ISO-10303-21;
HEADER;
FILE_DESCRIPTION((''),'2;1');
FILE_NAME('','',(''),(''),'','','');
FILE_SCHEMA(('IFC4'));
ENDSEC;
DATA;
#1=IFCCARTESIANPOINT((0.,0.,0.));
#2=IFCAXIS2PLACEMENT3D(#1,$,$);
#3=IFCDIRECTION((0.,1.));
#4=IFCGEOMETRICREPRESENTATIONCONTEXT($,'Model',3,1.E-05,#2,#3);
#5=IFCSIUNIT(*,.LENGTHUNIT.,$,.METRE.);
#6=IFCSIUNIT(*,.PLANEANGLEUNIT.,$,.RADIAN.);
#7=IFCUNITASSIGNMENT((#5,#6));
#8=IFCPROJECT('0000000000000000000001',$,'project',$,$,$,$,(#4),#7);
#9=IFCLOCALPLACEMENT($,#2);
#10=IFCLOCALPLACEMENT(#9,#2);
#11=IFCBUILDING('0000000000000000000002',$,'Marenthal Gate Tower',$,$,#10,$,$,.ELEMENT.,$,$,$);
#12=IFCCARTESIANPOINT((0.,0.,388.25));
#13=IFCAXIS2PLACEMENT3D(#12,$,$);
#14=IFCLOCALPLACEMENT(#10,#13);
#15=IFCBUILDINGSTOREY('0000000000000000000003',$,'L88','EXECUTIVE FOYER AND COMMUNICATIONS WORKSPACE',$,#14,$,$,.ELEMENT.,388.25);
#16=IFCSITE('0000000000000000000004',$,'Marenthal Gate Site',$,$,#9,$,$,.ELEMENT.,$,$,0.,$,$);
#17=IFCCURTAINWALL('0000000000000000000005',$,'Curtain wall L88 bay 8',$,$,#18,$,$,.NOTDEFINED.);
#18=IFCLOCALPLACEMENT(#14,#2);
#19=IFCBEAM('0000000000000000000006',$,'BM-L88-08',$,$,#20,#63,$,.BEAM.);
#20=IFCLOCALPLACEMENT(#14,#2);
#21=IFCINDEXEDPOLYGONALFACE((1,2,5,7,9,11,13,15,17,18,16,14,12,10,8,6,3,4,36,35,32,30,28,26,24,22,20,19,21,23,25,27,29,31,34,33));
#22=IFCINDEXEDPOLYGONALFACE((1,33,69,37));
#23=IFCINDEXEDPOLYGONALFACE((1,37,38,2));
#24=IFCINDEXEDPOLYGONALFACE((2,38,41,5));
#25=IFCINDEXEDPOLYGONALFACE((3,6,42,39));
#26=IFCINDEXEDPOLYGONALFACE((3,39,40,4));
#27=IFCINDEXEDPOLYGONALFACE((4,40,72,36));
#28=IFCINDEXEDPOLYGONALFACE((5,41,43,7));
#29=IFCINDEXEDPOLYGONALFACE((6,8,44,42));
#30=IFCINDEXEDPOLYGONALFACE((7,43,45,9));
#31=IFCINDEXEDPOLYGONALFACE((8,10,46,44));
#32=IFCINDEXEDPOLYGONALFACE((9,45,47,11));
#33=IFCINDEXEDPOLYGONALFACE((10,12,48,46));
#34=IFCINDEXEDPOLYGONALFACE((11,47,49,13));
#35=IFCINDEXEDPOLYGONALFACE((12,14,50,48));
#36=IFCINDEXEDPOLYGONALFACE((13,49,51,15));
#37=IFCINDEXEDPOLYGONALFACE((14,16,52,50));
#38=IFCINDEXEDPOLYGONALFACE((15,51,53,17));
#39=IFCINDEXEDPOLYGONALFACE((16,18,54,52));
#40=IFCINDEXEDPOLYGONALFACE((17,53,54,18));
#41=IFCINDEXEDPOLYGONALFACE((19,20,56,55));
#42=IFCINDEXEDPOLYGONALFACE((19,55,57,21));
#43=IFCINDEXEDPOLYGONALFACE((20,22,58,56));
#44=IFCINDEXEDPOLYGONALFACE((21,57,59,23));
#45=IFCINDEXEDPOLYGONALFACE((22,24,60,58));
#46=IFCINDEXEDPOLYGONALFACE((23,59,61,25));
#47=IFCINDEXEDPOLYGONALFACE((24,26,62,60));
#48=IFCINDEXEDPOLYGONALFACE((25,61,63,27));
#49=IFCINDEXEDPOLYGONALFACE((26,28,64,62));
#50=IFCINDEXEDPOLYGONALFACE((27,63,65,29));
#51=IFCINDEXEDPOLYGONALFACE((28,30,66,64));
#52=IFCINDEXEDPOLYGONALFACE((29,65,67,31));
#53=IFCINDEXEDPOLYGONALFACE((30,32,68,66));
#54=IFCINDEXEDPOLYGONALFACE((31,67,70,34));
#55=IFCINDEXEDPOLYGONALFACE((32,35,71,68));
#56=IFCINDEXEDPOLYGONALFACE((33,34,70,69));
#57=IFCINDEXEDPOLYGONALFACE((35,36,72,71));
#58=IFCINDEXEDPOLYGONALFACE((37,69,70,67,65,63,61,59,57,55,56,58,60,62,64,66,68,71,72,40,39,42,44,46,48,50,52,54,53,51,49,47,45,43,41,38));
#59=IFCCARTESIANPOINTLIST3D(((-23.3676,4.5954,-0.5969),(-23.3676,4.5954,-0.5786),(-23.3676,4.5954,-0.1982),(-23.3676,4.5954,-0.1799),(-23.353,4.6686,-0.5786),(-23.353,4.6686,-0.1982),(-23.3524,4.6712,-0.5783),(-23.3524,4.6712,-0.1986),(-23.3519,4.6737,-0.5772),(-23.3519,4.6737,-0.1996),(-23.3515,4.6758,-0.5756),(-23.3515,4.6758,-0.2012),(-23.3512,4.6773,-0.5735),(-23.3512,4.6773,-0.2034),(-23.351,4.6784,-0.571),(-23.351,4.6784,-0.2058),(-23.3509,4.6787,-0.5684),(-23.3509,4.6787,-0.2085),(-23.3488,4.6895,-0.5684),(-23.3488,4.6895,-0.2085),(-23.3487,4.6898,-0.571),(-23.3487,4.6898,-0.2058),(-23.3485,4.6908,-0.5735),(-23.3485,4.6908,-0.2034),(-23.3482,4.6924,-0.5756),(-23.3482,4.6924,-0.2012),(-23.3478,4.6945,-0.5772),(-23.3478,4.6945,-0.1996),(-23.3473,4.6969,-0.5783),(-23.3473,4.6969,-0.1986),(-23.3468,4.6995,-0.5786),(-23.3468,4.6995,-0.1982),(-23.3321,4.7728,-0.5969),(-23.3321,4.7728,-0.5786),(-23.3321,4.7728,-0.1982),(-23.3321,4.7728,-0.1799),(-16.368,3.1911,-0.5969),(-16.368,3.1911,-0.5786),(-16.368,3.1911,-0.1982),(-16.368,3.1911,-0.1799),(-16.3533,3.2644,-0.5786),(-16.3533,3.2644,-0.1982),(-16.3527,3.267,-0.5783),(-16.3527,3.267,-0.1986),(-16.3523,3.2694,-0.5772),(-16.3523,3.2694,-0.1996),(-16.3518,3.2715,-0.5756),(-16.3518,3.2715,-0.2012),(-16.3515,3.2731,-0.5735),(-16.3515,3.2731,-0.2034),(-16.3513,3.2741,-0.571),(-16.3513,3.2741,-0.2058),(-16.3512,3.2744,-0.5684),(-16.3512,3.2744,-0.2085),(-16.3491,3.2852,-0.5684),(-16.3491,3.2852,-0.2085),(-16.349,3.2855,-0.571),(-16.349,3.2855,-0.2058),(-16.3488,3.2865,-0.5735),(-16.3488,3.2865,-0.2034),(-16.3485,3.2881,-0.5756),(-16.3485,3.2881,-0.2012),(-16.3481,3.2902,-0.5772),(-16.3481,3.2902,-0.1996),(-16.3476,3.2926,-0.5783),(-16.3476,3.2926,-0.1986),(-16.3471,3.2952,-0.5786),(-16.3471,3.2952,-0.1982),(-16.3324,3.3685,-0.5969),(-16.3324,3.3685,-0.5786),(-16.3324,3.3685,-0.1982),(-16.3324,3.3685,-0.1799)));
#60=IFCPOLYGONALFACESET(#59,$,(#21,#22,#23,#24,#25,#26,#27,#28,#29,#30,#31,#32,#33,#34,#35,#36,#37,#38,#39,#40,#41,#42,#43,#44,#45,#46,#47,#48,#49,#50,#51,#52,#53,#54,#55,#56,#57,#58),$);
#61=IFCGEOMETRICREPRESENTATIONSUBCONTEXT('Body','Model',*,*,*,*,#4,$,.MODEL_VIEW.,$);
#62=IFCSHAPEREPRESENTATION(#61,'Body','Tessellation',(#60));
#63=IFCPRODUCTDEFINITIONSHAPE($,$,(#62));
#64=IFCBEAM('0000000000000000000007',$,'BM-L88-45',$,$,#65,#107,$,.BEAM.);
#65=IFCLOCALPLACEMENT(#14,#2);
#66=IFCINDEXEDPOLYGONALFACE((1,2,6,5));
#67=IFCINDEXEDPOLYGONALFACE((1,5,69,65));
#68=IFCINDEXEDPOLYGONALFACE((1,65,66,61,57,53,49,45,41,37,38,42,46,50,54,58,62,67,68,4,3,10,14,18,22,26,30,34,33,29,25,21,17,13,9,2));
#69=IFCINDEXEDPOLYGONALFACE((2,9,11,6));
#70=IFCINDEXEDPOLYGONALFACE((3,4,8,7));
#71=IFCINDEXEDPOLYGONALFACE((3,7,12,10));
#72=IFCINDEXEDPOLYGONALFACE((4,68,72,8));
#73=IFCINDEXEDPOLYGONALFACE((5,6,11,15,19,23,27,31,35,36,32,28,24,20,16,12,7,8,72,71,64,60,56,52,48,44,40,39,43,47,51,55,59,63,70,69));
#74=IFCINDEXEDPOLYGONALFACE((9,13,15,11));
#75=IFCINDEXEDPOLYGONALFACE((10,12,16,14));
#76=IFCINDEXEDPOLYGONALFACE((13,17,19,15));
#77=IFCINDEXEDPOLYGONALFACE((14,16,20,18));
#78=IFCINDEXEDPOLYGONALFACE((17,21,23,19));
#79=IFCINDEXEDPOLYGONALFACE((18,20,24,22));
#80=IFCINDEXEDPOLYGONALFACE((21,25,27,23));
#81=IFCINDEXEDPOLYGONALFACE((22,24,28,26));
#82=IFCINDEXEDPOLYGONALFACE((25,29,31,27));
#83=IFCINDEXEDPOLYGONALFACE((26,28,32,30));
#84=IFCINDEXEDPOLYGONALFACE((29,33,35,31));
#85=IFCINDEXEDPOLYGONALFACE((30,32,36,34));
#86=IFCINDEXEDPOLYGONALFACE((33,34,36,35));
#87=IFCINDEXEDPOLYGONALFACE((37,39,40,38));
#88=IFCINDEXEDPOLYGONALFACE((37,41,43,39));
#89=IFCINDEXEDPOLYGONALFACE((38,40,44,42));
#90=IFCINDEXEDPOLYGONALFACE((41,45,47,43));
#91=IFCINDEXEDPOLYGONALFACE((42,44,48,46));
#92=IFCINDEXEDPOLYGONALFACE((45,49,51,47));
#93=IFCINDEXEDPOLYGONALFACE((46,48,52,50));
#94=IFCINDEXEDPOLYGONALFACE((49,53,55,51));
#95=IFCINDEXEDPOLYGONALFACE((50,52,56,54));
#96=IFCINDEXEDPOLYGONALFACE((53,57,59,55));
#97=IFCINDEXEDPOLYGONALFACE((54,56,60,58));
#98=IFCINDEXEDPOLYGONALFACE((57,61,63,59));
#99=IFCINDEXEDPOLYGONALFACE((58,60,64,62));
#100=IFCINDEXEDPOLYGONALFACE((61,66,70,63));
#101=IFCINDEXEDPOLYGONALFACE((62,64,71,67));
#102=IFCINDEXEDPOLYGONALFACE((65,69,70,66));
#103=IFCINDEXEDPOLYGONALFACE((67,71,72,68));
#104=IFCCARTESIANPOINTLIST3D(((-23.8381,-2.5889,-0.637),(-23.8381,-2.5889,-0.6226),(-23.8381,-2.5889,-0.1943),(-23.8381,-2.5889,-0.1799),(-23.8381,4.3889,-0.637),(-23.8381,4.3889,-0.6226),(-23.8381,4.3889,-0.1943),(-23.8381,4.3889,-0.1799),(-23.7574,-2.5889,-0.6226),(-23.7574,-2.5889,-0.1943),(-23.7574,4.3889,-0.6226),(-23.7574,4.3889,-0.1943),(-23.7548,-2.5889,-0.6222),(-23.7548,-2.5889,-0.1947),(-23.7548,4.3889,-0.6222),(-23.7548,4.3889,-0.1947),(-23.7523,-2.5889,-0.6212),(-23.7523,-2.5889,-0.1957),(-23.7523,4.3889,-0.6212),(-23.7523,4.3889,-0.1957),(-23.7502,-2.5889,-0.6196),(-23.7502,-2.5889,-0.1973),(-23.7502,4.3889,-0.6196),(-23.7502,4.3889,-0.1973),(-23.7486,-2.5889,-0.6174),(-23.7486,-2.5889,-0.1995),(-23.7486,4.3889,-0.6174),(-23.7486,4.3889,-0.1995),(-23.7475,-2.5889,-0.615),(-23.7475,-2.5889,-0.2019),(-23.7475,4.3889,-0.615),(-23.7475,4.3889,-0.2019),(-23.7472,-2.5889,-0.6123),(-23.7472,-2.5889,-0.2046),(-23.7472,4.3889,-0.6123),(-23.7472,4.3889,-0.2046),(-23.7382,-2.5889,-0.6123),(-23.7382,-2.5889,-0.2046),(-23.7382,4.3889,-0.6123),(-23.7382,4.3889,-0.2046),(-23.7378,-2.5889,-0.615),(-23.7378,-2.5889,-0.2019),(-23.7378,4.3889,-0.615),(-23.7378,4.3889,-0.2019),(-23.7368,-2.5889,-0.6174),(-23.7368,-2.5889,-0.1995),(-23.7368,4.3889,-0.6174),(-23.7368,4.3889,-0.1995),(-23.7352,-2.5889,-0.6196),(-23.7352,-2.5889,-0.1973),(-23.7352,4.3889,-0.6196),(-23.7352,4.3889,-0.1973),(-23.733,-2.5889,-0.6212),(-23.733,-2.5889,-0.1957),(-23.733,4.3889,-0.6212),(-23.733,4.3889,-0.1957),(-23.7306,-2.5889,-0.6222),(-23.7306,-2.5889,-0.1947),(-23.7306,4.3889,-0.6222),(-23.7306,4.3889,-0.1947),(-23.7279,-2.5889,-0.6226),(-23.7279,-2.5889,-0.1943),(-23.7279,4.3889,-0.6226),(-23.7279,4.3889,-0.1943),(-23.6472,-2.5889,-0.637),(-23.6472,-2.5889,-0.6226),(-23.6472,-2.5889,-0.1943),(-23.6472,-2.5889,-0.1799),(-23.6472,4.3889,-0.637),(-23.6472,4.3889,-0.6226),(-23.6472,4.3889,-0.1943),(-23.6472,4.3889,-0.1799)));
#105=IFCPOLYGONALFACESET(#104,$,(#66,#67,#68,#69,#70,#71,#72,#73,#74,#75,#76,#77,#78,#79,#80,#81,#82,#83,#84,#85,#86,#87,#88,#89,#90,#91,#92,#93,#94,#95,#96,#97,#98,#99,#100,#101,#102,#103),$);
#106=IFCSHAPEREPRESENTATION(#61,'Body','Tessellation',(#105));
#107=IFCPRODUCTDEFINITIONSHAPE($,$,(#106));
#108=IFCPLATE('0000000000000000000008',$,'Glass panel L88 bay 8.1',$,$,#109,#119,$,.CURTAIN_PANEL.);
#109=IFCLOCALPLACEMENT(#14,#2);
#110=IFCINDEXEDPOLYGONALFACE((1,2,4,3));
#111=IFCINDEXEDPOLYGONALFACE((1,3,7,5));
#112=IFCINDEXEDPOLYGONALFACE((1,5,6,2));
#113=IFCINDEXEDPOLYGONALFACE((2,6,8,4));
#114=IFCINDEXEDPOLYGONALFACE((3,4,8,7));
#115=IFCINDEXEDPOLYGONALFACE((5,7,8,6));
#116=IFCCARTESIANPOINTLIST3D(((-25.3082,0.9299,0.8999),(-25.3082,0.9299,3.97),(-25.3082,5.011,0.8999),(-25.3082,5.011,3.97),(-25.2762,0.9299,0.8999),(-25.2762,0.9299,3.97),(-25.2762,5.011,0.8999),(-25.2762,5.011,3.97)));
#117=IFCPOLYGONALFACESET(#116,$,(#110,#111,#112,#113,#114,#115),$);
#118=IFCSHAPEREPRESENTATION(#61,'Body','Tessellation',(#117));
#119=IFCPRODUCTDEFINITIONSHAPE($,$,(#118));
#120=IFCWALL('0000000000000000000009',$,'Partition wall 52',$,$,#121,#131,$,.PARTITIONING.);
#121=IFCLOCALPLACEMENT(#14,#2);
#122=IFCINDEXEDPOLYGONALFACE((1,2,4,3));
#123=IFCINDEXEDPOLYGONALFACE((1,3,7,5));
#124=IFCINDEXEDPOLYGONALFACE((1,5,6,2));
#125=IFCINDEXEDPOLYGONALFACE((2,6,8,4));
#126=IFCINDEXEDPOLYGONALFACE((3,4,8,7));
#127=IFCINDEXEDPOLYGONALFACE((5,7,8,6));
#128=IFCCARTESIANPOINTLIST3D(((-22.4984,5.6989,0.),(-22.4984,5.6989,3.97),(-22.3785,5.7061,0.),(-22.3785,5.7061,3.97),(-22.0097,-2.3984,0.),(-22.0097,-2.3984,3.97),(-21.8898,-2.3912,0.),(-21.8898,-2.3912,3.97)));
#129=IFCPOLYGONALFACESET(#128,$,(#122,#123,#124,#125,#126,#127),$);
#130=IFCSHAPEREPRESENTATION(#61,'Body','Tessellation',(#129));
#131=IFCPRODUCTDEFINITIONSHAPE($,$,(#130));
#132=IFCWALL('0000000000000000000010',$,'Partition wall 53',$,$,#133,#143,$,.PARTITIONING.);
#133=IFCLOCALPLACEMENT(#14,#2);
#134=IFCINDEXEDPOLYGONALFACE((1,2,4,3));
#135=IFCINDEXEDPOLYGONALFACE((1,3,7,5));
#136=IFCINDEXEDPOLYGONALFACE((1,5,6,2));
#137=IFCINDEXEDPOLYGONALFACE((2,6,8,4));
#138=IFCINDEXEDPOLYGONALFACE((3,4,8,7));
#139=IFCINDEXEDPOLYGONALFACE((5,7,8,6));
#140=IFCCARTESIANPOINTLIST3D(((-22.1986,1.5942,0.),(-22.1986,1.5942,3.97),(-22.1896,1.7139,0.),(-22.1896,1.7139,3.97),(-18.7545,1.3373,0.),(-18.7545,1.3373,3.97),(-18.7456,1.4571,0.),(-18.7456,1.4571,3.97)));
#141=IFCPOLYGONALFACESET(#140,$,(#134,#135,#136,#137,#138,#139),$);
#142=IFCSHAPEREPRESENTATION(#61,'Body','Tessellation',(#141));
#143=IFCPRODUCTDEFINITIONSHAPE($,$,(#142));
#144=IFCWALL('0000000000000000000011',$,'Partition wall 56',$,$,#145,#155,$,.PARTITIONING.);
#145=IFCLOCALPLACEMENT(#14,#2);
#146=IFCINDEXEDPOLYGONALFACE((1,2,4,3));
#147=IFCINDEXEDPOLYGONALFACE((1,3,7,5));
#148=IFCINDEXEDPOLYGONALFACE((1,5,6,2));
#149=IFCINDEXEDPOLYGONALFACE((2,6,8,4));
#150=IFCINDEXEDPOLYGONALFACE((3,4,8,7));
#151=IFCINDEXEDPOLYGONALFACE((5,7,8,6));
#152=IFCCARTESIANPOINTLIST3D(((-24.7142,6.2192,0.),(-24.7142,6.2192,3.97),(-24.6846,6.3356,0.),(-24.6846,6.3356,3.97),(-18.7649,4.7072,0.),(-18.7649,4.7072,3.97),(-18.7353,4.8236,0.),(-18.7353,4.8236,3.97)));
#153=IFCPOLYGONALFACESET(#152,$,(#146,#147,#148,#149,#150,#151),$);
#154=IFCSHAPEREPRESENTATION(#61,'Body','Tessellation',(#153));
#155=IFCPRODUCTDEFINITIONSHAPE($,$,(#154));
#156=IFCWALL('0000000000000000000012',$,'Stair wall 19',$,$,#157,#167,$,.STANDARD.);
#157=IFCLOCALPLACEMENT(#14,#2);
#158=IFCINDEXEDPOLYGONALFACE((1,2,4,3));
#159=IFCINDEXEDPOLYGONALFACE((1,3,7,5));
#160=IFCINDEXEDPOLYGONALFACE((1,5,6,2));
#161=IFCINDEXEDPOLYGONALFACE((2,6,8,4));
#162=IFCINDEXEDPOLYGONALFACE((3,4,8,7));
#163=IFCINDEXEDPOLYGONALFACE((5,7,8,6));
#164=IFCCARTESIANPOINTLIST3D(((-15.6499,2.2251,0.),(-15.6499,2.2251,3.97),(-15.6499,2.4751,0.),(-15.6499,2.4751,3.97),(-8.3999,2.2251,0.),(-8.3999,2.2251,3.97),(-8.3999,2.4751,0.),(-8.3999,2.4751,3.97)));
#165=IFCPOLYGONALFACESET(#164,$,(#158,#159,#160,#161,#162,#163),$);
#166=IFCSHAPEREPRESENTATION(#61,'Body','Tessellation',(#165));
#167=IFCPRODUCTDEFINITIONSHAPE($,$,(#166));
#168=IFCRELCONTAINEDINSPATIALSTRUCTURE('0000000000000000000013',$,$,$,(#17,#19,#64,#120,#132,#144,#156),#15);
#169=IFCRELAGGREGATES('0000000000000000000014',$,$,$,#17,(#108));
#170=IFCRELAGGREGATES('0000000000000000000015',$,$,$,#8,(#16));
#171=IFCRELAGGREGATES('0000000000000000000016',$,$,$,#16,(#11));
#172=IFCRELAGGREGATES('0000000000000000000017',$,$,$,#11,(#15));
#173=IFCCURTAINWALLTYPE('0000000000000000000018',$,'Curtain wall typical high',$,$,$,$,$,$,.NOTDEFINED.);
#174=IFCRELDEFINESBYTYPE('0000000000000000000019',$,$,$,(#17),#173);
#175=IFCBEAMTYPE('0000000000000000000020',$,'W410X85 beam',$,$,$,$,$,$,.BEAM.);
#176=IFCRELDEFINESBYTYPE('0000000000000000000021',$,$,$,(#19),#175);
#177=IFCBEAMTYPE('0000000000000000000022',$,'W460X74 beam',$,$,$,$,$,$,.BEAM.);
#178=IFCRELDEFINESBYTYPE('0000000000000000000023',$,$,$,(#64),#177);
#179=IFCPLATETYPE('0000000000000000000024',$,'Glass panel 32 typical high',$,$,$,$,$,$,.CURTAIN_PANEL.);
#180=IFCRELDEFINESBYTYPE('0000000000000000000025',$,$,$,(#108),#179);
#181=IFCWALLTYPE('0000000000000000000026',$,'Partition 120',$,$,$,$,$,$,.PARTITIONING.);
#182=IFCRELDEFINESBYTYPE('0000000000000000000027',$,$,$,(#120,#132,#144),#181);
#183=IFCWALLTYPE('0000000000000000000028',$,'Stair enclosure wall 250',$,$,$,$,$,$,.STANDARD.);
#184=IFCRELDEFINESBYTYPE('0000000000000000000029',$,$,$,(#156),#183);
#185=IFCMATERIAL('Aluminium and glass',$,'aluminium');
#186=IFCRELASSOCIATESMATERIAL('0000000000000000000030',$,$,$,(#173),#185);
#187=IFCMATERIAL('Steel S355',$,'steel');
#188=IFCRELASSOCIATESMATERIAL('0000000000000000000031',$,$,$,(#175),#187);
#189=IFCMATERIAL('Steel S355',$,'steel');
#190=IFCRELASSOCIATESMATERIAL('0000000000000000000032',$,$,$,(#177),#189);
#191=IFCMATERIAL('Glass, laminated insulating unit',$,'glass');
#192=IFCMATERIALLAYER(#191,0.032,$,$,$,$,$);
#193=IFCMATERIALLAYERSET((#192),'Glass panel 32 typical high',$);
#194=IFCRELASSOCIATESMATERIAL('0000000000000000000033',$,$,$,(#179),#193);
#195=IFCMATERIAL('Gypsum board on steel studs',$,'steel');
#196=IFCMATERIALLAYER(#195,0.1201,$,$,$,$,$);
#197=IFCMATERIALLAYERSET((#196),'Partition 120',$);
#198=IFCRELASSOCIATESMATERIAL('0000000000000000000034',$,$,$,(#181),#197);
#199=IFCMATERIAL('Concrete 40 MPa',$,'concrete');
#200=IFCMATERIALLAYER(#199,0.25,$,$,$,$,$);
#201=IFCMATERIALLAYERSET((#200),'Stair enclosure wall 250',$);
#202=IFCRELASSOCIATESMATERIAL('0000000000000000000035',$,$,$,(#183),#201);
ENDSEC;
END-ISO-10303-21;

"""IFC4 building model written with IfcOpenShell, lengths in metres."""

from ifc_helpers import new_model, si_unit, direction, frame, frame_2d, origin, origin_2d, place, context, subcontext, project, spatial, rectangle, i_section, extrude, material, layer, layer_set, material_profile, profile_set, type_object, element, aggregate, save


model = new_model("IFC4")

# Units and contexts
model_context = context("Model", 3, precision=1e-05, world=origin(), true_north=direction((0.0, 1.0)))
body_context = subcontext(model_context, "Body", "Model", "MODEL_VIEW")
ifc_project = project(units=[si_unit("LENGTHUNIT", "METRE"), si_unit("PLANEANGLEUNIT", "RADIAN")], contexts=[model_context])

# Site, building, storey
site_placement = place(None, origin())
site = spatial("IfcSite", under=ifc_project, at=site_placement, Name="Marenthal Gate Site", CompositionType="ELEMENT", RefElevation=0.0)
building_placement = place(site_placement, origin())
building = spatial("IfcBuilding", under=site, at=building_placement, Name="Marenthal Gate Tower", CompositionType="ELEMENT")
storey_placement = place(building_placement, frame((0.0, 0.0, 388.25)))
storey = spatial("IfcBuildingStorey", under=building, at=storey_placement, Name="L88", Description="EXECUTIVE FOYER AND COMMUNICATIONS WORKSPACE", CompositionType="ELEMENT", Elevation=388.25)

# Curtain wall
ifc_material_1 = material(Name="Aluminium and glass", Category="aluminium")
curtain_wall_type = type_object("IfcCurtainWallType", Name="Curtain wall typical high", PredefinedType="NOTDEFINED", material=ifc_material_1)
curtain_wall_placement = place(storey_placement, origin())
curtain_wall = element("IfcCurtainWall", 1, at=curtain_wall_placement, inside=storey, type_object=curtain_wall_type, Name="Curtain wall L88 bay 8", PredefinedType="NOTDEFINED")

# Beams
ifc_material_2 = material(Name="Steel S355", Category="steel")
ifc_material_profile_1 = material_profile(ifc_material_2, i_section(OverallWidth=0.1809, OverallDepth=0.417, WebThickness=0.011, FlangeThickness=0.0183, FilletRadius=0.0103, at=origin_2d()), Name="W410X85")
ifc_profile_set_1 = profile_set([ifc_material_profile_1], Name="Steel S355")
beam_type_1 = type_object("IfcBeamType", Name="W410X85 beam", PredefinedType="BEAM", material=ifc_profile_set_1)
beam_1_placement = place(storey_placement, frame((-23.3499, 4.6841, -0.3884), z_axis=(0.980463, -0.196701, 0.0), x_axis=(0.196701, 0.980463, 0.0)))
element("IfcBeam", 2, at=beam_1_placement, inside=storey, type_object=beam_type_1, Name="BM-L88-08", PredefinedType="BEAM", context=body_context, shape_type="SweptSolid", body=[
    extrude(i_section(OverallWidth=0.1809, OverallDepth=0.417, WebThickness=0.011, FlangeThickness=0.0183, FilletRadius=0.0103, at=origin_2d()), origin(), (0.0, 0.0, 1.0), 7.1392),
])
ifc_material_3 = material(Name="Steel S355", Category="steel")
ifc_material_profile_2 = material_profile(ifc_material_3, i_section(OverallWidth=0.1909, OverallDepth=0.457, WebThickness=0.009, FlangeThickness=0.0144, FilletRadius=0.0103, at=origin_2d()), Name="W460X74")
ifc_profile_set_2 = profile_set([ifc_material_profile_2], Name="Steel S355")
beam_type_2 = type_object("IfcBeamType", Name="W460X74 beam", PredefinedType="BEAM", material=ifc_profile_set_2)
beam_2_placement = place(storey_placement, frame((-23.7427, 4.3889, -0.4084), z_axis=(0.0, -1.0, 0.0), x_axis=(1.0, 0.0, 0.0)))
element("IfcBeam", 3, at=beam_2_placement, inside=storey, type_object=beam_type_2, Name="BM-L88-45", PredefinedType="BEAM", context=body_context, shape_type="SweptSolid", body=[
    extrude(i_section(OverallWidth=0.1909, OverallDepth=0.457, WebThickness=0.009, FlangeThickness=0.0144, FilletRadius=0.0103, at=origin_2d()), origin(), (0.0, 0.0, 1.0), 6.9778),
])

# Plate
ifc_material_4 = material(Name="Glass, laminated insulating unit", Category="glass")
ifc_layer_1 = layer(ifc_material_4, 0.032)
ifc_layer_set_1 = layer_set([ifc_layer_1], Name="Glass panel 32 typical high")
plate_type = type_object("IfcPlateType", Name="Glass panel 32 typical high", PredefinedType="CURTAIN_PANEL", material=ifc_layer_set_1)
plate_placement = place(storey_placement, frame((-25.2922, 2.9705, 0.8999), z_axis=(0.0, 0.0, 1.0), x_axis=(0.0, -1.0, 0.0)))
plate = element("IfcPlate", 4, at=plate_placement, type_object=plate_type, Name="Glass panel L88 bay 8.1", PredefinedType="CURTAIN_PANEL", context=body_context, shape_type="SweptSolid", body=[
    extrude(rectangle(XDim=4.0811, YDim=0.032, at=origin_2d()), origin(), (0.0, 0.0, 1.0), 3.0701),
])
aggregate(curtain_wall, [plate])

# Walls
ifc_material_5 = material(Name="Gypsum board on steel studs", Category="steel")
ifc_layer_2 = layer(ifc_material_5, 0.1201)
ifc_layer_set_2 = layer_set([ifc_layer_2], Name="Partition 120")
wall_type_1 = type_object("IfcWallType", Name="Partition 120", PredefinedType="PARTITIONING", material=ifc_layer_set_2)
wall_1_placement = place(storey_placement, frame((-22.4385, 5.7026, 0.0), z_axis=(0.0, 0.0, 1.0), x_axis=(0.060252, -0.998183, 0.0)))
element("IfcWall", 5, at=wall_1_placement, inside=storey, type_object=wall_type_1, Name="Partition wall 52", PredefinedType="PARTITIONING", context=body_context, shape_type="SweptSolid", body=[
    extrude(rectangle(XDim=8.1121, YDim=0.1201, at=frame_2d((4.0562, 0.0))), origin(), (0.0, 0.0, 1.0), 3.97),
])
wall_2_placement = place(storey_placement, frame((-22.1941, 1.6541, 0.0), z_axis=(0.0, 0.0, 1.0), x_axis=(0.997231, -0.074366, 0.0)))
element("IfcWall", 6, at=wall_2_placement, inside=storey, type_object=wall_type_1, Name="Partition wall 53", PredefinedType="PARTITIONING", context=body_context, shape_type="SweptSolid", body=[
    extrude(rectangle(XDim=3.4536, YDim=0.1201, at=frame_2d((1.7268, 0.0))), origin(), (0.0, 0.0, 1.0), 3.97),
])
wall_3_placement = place(storey_placement, frame((-18.75, 4.7654, 0.0), z_axis=(0.0, 0.0, 1.0), x_axis=(-0.96919, 0.246315, 0.0)))
element("IfcWall", 7, at=wall_3_placement, inside=storey, type_object=wall_type_1, Name="Partition wall 56", PredefinedType="PARTITIONING", context=body_context, shape_type="SweptSolid", body=[
    extrude(rectangle(XDim=6.1384, YDim=0.1201, at=frame_2d((3.0693, 0.0))), origin(), (0.0, 0.0, 1.0), 3.97),
])
ifc_material_6 = material(Name="Concrete 40 MPa", Category="concrete")
ifc_layer_3 = layer(ifc_material_6, 0.25)
ifc_layer_set_3 = layer_set([ifc_layer_3], Name="Stair enclosure wall 250")
wall_type_2 = type_object("IfcWallType", Name="Stair enclosure wall 250", PredefinedType="STANDARD", material=ifc_layer_set_3)
wall_4_placement = place(storey_placement, frame((-15.6499, 2.3501, 0.0), z_axis=(0.0, 0.0, 1.0), x_axis=(1.0, 0.0, 0.0)))
element("IfcWall", 8, at=wall_4_placement, inside=storey, type_object=wall_type_2, Name="Stair wall 19", PredefinedType="STANDARD", context=body_context, shape_type="SweptSolid", body=[
    extrude(rectangle(XDim=7.25, YDim=0.25, at=frame_2d((3.625, 0.0))), origin(), (0.0, 0.0, 1.0), 3.97),
])

save(model, "model.ifc")
